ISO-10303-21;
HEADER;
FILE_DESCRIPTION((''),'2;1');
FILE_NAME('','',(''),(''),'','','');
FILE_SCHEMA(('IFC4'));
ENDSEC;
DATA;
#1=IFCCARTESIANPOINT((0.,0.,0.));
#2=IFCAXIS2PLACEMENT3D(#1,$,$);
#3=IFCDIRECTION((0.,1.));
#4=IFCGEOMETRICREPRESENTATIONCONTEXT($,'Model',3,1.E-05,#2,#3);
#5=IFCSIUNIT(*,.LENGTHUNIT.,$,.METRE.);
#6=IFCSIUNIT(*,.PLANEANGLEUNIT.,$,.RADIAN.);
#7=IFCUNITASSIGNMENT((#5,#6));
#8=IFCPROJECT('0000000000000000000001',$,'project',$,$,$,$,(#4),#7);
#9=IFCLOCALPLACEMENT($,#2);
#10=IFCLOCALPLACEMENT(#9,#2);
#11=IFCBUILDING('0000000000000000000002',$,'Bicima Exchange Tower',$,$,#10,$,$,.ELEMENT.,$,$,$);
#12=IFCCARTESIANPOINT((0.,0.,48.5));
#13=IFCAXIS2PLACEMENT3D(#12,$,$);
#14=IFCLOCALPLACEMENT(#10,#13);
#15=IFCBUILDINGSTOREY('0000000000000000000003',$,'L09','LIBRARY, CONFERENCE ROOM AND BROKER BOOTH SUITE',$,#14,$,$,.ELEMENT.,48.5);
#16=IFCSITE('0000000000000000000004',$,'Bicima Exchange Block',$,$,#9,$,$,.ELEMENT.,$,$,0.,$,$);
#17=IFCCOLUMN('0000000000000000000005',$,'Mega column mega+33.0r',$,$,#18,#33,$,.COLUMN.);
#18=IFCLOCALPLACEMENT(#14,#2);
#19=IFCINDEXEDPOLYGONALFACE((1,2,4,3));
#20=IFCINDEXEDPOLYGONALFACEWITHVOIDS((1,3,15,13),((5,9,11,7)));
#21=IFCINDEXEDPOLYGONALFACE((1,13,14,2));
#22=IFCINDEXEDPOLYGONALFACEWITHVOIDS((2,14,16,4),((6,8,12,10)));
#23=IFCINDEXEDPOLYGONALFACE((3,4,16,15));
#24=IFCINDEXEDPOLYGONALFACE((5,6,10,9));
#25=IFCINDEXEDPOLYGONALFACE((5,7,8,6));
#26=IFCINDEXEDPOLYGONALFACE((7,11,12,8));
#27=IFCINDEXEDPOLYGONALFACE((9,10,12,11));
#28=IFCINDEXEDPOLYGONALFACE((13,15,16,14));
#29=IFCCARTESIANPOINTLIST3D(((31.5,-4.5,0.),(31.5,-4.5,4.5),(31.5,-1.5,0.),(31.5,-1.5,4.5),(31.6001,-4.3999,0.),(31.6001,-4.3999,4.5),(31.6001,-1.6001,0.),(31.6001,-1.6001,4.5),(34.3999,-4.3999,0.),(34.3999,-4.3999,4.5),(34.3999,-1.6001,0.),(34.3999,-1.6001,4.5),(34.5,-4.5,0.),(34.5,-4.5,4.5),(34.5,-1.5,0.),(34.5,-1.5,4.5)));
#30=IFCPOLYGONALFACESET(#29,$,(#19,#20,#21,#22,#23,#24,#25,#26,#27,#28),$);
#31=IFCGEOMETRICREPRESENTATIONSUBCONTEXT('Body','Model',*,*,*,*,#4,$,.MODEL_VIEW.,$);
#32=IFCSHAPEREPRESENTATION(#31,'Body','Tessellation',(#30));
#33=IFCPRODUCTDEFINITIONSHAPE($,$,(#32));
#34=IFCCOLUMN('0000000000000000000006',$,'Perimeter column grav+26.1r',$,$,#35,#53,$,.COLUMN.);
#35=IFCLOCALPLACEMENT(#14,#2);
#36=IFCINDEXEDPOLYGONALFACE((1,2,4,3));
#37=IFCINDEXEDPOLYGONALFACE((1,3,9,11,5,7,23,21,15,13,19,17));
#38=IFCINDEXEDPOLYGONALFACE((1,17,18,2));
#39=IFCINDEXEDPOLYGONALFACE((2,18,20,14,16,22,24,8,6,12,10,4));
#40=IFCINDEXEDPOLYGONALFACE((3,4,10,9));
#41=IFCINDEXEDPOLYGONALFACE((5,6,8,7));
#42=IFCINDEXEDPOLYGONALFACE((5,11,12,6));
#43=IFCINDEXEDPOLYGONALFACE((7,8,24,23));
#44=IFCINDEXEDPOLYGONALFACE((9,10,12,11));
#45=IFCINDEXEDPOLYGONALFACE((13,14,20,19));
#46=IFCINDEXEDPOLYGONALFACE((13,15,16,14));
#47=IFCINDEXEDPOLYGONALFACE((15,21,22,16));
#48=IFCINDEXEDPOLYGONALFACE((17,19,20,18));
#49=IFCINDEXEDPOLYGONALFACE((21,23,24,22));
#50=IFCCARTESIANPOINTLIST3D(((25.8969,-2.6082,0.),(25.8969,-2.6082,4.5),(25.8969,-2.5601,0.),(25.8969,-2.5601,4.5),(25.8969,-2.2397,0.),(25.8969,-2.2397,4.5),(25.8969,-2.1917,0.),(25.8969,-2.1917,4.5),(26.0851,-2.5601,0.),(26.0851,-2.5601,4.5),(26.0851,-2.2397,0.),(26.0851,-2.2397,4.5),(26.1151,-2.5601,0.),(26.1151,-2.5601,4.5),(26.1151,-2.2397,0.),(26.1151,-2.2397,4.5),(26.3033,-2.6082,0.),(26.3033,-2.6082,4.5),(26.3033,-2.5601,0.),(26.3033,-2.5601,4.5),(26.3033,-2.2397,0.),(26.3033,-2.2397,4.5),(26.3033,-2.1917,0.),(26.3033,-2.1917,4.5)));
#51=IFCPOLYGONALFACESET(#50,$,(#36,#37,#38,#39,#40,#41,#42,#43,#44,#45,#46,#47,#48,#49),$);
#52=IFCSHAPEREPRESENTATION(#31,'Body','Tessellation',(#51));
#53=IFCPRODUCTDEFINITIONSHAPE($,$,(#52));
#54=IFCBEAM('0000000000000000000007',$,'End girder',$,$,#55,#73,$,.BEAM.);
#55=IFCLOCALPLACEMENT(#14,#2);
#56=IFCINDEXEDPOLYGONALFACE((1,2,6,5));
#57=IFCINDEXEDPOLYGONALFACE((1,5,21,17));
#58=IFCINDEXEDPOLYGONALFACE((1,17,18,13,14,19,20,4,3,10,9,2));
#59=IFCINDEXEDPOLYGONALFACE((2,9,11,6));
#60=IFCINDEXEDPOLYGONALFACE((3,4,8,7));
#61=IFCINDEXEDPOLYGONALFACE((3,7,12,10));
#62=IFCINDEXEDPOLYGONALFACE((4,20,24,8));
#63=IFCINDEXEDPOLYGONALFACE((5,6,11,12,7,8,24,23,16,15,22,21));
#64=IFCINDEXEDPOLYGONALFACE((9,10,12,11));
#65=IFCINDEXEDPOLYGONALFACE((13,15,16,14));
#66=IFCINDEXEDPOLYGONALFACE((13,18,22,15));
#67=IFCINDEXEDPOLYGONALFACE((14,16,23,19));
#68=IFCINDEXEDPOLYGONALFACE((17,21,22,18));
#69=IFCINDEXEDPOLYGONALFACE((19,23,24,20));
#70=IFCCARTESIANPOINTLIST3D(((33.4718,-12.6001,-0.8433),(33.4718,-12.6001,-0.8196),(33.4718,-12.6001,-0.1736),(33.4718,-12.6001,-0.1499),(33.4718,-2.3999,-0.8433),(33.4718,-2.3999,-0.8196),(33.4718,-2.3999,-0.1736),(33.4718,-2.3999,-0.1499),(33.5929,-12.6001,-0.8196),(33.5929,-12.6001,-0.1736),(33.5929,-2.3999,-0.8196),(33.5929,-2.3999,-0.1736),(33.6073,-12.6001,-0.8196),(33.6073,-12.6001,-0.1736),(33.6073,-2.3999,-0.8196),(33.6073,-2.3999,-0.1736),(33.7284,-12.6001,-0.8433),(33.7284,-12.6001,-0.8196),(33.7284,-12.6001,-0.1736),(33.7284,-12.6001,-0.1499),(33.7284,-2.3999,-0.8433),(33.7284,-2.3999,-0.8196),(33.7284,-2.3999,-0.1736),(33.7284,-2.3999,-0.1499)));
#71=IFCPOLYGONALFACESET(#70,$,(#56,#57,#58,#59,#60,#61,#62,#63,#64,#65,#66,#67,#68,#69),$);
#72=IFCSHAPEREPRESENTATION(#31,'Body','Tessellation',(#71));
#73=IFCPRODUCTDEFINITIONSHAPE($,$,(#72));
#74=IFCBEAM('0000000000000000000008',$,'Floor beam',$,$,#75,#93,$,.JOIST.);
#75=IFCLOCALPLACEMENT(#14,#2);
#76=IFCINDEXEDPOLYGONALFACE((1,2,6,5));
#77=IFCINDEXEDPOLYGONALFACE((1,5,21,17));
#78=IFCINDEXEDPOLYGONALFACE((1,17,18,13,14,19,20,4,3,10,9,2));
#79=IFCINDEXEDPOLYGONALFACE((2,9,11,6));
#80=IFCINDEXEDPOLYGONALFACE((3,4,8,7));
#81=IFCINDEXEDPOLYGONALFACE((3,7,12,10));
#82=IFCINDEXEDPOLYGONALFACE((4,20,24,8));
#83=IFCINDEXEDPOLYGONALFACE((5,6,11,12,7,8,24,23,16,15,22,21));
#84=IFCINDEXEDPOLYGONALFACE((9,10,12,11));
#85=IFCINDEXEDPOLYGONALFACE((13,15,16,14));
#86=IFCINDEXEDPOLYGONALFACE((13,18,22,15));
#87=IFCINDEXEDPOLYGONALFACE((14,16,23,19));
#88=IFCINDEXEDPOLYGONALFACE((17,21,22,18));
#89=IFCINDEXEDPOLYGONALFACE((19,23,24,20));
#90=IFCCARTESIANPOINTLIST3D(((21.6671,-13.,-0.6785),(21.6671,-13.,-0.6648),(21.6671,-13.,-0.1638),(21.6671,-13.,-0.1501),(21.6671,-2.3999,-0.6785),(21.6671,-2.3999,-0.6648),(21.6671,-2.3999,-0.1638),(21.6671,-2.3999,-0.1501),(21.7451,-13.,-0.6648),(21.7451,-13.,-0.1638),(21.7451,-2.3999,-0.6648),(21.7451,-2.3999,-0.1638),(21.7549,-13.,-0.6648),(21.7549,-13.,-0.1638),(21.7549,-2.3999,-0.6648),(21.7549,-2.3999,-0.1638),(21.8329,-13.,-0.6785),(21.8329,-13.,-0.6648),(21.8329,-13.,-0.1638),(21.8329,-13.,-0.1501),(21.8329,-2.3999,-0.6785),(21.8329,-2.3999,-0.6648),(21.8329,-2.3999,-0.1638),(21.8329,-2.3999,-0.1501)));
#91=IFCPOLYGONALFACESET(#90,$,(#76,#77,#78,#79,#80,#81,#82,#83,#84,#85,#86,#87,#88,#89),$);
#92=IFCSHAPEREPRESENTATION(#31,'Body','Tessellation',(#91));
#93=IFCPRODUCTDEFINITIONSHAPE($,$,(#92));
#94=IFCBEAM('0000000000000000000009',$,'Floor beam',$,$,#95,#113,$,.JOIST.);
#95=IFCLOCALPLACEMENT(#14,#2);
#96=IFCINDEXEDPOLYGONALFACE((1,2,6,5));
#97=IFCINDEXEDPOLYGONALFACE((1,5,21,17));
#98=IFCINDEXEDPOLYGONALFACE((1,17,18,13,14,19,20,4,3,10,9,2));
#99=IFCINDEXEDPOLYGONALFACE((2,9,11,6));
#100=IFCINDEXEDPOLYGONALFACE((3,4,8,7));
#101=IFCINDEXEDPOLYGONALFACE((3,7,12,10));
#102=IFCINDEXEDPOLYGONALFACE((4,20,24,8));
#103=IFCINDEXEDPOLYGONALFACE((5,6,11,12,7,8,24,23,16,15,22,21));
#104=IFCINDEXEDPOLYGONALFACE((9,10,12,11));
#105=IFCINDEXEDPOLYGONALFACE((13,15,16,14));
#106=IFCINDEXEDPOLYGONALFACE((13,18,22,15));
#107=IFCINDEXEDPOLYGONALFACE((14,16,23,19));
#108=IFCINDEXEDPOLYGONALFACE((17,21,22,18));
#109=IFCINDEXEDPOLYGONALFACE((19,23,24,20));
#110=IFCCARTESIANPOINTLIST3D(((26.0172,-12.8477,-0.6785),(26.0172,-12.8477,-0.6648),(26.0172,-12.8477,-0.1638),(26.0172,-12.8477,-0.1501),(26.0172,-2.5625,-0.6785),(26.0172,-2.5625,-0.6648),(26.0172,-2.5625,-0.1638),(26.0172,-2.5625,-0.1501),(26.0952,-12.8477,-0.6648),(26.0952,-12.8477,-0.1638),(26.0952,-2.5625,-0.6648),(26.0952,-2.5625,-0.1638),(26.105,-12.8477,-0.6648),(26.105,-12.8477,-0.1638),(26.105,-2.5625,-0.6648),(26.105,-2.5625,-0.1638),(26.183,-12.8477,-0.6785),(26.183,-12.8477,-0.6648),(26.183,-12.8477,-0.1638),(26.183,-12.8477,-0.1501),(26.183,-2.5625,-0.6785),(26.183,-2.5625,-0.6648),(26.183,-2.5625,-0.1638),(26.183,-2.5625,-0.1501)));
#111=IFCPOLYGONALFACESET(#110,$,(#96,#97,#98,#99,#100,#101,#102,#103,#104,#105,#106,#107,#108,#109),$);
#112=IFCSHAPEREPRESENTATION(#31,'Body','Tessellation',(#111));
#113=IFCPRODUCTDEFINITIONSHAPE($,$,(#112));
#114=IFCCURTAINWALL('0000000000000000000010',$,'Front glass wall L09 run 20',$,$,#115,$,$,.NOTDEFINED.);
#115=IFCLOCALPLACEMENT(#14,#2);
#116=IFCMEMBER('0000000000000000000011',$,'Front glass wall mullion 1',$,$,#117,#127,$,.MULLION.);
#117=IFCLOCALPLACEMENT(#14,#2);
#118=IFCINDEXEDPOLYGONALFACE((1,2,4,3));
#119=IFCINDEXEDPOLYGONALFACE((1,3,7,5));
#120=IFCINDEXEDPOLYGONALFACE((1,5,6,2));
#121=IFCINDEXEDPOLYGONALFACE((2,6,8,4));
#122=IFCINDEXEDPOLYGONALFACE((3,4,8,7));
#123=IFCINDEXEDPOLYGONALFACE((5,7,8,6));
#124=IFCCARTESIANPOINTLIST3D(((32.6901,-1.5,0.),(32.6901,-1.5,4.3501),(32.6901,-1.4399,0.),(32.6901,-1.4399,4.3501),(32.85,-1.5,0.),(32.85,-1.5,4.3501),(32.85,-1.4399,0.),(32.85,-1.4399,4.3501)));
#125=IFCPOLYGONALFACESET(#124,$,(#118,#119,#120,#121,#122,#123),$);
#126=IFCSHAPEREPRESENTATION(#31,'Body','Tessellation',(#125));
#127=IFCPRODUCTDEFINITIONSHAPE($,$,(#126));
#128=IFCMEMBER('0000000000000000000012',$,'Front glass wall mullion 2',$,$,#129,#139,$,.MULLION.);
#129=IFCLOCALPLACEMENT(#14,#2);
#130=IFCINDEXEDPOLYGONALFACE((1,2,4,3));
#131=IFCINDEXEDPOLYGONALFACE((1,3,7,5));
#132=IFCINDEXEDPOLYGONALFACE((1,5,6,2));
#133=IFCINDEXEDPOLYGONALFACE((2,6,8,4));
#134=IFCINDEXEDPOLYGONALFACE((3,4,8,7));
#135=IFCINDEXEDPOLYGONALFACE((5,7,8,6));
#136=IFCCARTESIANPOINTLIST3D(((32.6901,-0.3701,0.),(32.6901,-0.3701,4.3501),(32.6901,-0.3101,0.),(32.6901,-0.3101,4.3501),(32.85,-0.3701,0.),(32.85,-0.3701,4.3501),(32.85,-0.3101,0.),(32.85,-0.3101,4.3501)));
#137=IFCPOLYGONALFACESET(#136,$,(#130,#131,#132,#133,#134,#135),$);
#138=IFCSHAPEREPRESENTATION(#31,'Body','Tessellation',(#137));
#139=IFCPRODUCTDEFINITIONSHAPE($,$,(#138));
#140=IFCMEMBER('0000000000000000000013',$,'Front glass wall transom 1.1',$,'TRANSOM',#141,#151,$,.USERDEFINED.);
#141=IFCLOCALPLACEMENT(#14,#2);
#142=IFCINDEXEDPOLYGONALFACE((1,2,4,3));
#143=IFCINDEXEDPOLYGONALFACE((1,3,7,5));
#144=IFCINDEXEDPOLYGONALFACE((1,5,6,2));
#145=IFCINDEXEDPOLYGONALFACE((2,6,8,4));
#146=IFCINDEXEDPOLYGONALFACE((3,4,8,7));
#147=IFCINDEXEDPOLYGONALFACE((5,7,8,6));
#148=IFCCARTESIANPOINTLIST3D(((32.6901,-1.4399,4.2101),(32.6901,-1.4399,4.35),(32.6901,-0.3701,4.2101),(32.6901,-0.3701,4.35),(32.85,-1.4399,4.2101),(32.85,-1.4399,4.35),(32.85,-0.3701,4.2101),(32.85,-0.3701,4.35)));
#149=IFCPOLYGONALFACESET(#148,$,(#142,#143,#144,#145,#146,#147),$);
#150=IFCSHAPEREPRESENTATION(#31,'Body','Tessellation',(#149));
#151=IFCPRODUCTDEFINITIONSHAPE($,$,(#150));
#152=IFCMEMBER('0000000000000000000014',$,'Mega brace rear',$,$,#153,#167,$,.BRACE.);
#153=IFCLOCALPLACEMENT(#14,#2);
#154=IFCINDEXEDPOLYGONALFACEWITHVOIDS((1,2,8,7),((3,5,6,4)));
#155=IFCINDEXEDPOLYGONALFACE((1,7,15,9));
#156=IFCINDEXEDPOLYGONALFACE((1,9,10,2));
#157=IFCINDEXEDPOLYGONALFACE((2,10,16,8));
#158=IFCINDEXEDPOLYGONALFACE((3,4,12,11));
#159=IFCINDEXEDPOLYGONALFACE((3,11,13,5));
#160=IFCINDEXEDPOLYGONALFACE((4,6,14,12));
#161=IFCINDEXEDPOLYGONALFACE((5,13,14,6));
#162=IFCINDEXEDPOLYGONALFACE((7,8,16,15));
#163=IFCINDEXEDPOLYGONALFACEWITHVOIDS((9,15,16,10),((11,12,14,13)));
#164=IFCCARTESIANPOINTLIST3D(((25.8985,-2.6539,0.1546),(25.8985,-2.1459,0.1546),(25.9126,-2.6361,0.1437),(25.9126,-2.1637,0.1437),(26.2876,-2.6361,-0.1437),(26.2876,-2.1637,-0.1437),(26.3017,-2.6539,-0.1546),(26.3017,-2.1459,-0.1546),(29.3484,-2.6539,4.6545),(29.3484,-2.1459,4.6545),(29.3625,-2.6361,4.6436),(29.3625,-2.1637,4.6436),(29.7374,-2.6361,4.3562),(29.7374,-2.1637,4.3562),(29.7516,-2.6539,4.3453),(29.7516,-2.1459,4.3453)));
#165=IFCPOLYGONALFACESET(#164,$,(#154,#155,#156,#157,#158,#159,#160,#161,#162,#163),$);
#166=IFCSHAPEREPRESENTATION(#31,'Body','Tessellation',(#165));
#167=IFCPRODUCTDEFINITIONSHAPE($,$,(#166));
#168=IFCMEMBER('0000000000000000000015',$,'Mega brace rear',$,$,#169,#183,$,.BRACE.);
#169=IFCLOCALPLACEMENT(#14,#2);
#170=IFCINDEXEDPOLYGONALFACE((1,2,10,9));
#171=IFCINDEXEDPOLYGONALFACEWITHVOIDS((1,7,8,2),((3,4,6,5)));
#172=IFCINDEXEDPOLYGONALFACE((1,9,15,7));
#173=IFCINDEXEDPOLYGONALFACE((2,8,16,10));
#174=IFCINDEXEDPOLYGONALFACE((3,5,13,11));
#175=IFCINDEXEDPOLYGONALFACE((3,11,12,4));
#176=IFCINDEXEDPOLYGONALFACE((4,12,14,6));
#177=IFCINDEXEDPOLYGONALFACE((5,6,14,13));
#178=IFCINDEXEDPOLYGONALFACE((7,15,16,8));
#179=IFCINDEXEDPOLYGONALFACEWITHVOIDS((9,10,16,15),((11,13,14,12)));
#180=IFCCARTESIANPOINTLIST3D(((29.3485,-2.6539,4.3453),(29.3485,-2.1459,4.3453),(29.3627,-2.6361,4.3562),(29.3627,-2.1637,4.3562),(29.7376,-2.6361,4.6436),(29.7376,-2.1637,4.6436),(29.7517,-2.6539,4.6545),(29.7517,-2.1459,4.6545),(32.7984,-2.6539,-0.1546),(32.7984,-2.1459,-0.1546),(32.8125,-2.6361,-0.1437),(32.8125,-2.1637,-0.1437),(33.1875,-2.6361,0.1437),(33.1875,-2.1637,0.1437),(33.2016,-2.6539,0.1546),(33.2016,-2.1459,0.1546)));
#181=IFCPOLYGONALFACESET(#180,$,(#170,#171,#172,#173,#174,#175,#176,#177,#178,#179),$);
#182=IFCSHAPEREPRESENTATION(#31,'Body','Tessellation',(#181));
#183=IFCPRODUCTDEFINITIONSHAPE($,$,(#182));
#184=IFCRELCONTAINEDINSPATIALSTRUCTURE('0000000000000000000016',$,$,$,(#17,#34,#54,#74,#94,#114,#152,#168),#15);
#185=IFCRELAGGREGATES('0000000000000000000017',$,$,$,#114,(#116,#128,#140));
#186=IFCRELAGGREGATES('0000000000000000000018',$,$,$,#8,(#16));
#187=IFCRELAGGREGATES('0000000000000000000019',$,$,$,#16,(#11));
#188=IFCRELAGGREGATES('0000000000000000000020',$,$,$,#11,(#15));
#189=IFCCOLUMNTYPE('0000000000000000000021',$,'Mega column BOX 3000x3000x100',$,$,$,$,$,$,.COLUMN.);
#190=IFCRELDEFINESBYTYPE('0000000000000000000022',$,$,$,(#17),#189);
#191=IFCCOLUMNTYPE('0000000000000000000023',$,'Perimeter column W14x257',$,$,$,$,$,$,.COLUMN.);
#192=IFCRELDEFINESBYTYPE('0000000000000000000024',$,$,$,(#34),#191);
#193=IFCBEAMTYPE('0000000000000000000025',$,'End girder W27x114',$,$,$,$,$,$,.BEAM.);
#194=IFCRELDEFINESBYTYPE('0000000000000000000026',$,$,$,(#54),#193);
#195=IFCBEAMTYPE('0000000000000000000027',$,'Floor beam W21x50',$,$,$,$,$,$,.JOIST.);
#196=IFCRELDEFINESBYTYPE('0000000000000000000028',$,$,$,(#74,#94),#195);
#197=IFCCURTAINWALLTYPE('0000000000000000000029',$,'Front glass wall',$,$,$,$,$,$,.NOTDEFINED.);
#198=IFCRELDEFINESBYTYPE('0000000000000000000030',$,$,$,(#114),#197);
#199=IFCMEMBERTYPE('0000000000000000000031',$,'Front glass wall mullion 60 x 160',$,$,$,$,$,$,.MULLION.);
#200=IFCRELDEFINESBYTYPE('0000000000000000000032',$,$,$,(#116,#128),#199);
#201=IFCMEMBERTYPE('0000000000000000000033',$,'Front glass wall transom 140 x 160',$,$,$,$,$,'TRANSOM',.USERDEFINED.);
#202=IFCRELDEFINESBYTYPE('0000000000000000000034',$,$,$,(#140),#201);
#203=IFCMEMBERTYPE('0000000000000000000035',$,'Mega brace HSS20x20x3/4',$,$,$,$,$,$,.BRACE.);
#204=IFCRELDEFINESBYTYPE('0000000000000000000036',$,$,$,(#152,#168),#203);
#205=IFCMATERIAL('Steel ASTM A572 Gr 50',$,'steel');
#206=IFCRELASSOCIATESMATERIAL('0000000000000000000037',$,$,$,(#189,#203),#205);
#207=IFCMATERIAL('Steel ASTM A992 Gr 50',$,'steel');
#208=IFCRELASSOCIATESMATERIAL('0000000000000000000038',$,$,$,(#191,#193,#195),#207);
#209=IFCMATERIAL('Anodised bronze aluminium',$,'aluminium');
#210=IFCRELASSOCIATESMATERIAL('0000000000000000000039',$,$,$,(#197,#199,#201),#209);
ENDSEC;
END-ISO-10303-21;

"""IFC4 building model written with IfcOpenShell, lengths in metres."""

from ifc_helpers import new_model, si_unit, direction, frame, origin, origin_2d, place, context, subcontext, project, spatial, rectangle, hollow_rectangle, i_section, extrude, material, material_profile, profile_set, type_object, element, aggregate, save


model = new_model("IFC4")

# Units and contexts
model_context = context("Model", 3, precision=1e-05, world=origin(), true_north=direction((0.0, 1.0)))
body_context = subcontext(model_context, "Body", "Model", "MODEL_VIEW")
ifc_project = project(units=[si_unit("LENGTHUNIT", "METRE"), si_unit("PLANEANGLEUNIT", "RADIAN")], contexts=[model_context])

# Site, building, storey
site_placement = place(None, origin())
site = spatial("IfcSite", under=ifc_project, at=site_placement, Name="Bicima Exchange Block", CompositionType="ELEMENT", RefElevation=0.0)
building_placement = place(site_placement, origin())
building = spatial("IfcBuilding", under=site, at=building_placement, Name="Bicima Exchange Tower", CompositionType="ELEMENT")
storey_placement = place(building_placement, frame((0.0, 0.0, 48.5)))
storey = spatial("IfcBuildingStorey", under=building, at=storey_placement, Name="L09", Description="LIBRARY, CONFERENCE ROOM AND BROKER BOOTH SUITE", CompositionType="ELEMENT", Elevation=48.5)

# Columns
ifc_material_1 = material(Name="Steel ASTM A572 Gr 50", Category="steel")
ifc_material_profile_1 = material_profile(ifc_material_1, hollow_rectangle(XDim=3.0, YDim=3.0, WallThickness=0.1001, at=origin_2d()))
ifc_profile_set_1 = profile_set([ifc_material_profile_1], Name="Steel ASTM A572 Gr 50")
column_type_1 = type_object("IfcColumnType", Name="Mega column BOX 3000x3000x100", PredefinedType="COLUMN", material=ifc_profile_set_1)
column_1_placement = place(storey_placement, frame((33.0, -3.0, 0.0), z_axis=(0.0, 0.0, 1.0), x_axis=(1.0, 0.0, 0.0)))
element("IfcColumn", 1, at=column_1_placement, inside=storey, type_object=column_type_1, Name="Mega column mega+33.0r", PredefinedType="COLUMN", context=body_context, shape_type="SweptSolid", body=[
    extrude(hollow_rectangle(XDim=3.0, YDim=3.0, WallThickness=0.1001, at=origin_2d()), origin(), (0.0, 0.0, 1.0), 4.5),
])
ifc_material_2 = material(Name="Steel ASTM A992 Gr 50", Category="steel")
ifc_material_profile_2 = material_profile(ifc_material_2, i_section(OverallWidth=0.4065, OverallDepth=0.4165, WebThickness=0.03, FlangeThickness=0.0481, at=origin_2d()))
ifc_profile_set_2 = profile_set([ifc_material_profile_2], Name="Steel ASTM A992 Gr 50")
column_type_2 = type_object("IfcColumnType", Name="Perimeter column W14x257", PredefinedType="COLUMN", material=ifc_profile_set_2)
column_2_placement = place(storey_placement, frame((26.1001, -2.3999, 0.0), z_axis=(0.0, 0.0, 1.0), x_axis=(1.0, 0.0, 0.0)))
element("IfcColumn", 2, at=column_2_placement, inside=storey, type_object=column_type_2, Name="Perimeter column grav+26.1r", PredefinedType="COLUMN", context=body_context, shape_type="SweptSolid", body=[
    extrude(i_section(OverallWidth=0.4065, OverallDepth=0.4165, WebThickness=0.03, FlangeThickness=0.0481, at=origin_2d()), origin(), (0.0, 0.0, 1.0), 4.5),
])

# Beams
ifc_material_profile_3 = material_profile(ifc_material_2, i_section(OverallWidth=0.2566, OverallDepth=0.6934, WebThickness=0.0144, FlangeThickness=0.0237, at=origin_2d()))
ifc_profile_set_3 = profile_set([ifc_material_profile_3], Name="Steel ASTM A992 Gr 50")
beam_type_1 = type_object("IfcBeamType", Name="End girder W27x114", PredefinedType="BEAM", material=ifc_profile_set_3)
beam_1_placement = place(storey_placement, frame((33.6001, -2.3999, -0.4966), z_axis=(0.0, -1.0, 0.0), x_axis=(1.0, 0.0, 0.0)))
element("IfcBeam", 3, at=beam_1_placement, inside=storey, type_object=beam_type_1, Name="End girder", PredefinedType="BEAM", context=body_context, shape_type="SweptSolid", body=[
    extrude(i_section(OverallWidth=0.2566, OverallDepth=0.6934, WebThickness=0.0144, FlangeThickness=0.0237, at=origin_2d()), origin(), (0.0, 0.0, 1.0), 10.2002),
])
ifc_material_profile_4 = material_profile(ifc_material_2, i_section(OverallWidth=0.1658, OverallDepth=0.5283, WebThickness=0.0098, FlangeThickness=0.0137, at=origin_2d()))
ifc_profile_set_4 = profile_set([ifc_material_profile_4], Name="Steel ASTM A992 Gr 50")
beam_type_2 = type_object("IfcBeamType", Name="Floor beam W21x50", PredefinedType="JOIST", material=ifc_profile_set_4)
beam_2_placement = place(storey_placement, frame((21.75, -2.3999, -0.4143), z_axis=(0.0, -1.0, 0.0), x_axis=(1.0, 0.0, 0.0)))
element("IfcBeam", 4, at=beam_2_placement, inside=storey, type_object=beam_type_2, Name="Floor beam", PredefinedType="JOIST", context=body_context, shape_type="SweptSolid", body=[
    extrude(i_section(OverallWidth=0.1658, OverallDepth=0.5283, WebThickness=0.0098, FlangeThickness=0.0137, at=origin_2d()), origin(), (0.0, 0.0, 1.0), 10.6001),
])
beam_3_placement = place(storey_placement, frame((26.1001, -2.5625, -0.4143), z_axis=(0.0, -1.0, 0.0), x_axis=(1.0, 0.0, 0.0)))
element("IfcBeam", 5, at=beam_3_placement, inside=storey, type_object=beam_type_2, Name="Floor beam", PredefinedType="JOIST", context=body_context, shape_type="SweptSolid", body=[
    extrude(i_section(OverallWidth=0.1658, OverallDepth=0.5283, WebThickness=0.0098, FlangeThickness=0.0137, at=origin_2d()), origin(), (0.0, 0.0, 1.0), 10.2852),
])

# Curtain wall, members
ifc_material_3 = material(Name="Anodised bronze aluminium", Category="aluminium")
curtain_wall_type = type_object("IfcCurtainWallType", Name="Front glass wall", PredefinedType="NOTDEFINED", material=ifc_material_3)
curtain_wall_placement = place(storey_placement, origin())
curtain_wall = element("IfcCurtainWall", 6, at=curtain_wall_placement, inside=storey, type_object=curtain_wall_type, Name="Front glass wall L09 run 20", PredefinedType="NOTDEFINED")
ifc_material_profile_5 = material_profile(ifc_material_3, rectangle(XDim=0.1599, YDim=0.0601, at=origin_2d()))
ifc_profile_set_5 = profile_set([ifc_material_profile_5], Name="Anodised bronze aluminium")
member_type_1 = type_object("IfcMemberType", Name="Front glass wall mullion 60 x 160", PredefinedType="MULLION", material=ifc_profile_set_5)
member_1_placement = place(storey_placement, frame((32.77, -1.47, 0.0), z_axis=(0.0, 0.0, 1.0), x_axis=(-1.0, 0.0, 0.0)))
member_1 = element("IfcMember", 7, at=member_1_placement, type_object=member_type_1, Name="Front glass wall mullion 1", PredefinedType="MULLION", context=body_context, shape_type="SweptSolid", body=[
    extrude(rectangle(XDim=0.1599, YDim=0.0601, at=origin_2d()), origin(), (0.0, 0.0, 1.0), 4.3501),
])
member_2_placement = place(storey_placement, frame((32.77, -0.3401, 0.0), z_axis=(0.0, 0.0, 1.0), x_axis=(-1.0, 0.0, 0.0)))
member_2 = element("IfcMember", 8, at=member_2_placement, type_object=member_type_1, Name="Front glass wall mullion 2", PredefinedType="MULLION", context=body_context, shape_type="SweptSolid", body=[
    extrude(rectangle(XDim=0.1599, YDim=0.0601, at=origin_2d()), origin(), (0.0, 0.0, 1.0), 4.3501),
])
ifc_material_profile_6 = material_profile(ifc_material_3, rectangle(XDim=0.1599, YDim=0.1399, at=origin_2d()))
ifc_profile_set_6 = profile_set([ifc_material_profile_6], Name="Anodised bronze aluminium")
member_type_2 = type_object("IfcMemberType", Name="Front glass wall transom 140 x 160", ElementType="TRANSOM", PredefinedType="USERDEFINED", material=ifc_profile_set_6)
member_3_placement = place(storey_placement, frame((32.77, -1.4399, 4.28), z_axis=(0.0, 1.0, 0.0), x_axis=(-1.0, 0.0, 0.0)))
member_3 = element("IfcMember", 9, at=member_3_placement, type_object=member_type_2, Name="Front glass wall transom 1.1", ObjectType="TRANSOM", PredefinedType="USERDEFINED", context=body_context, shape_type="SweptSolid", body=[
    extrude(rectangle(XDim=0.1599, YDim=0.1399, at=origin_2d()), origin(), (0.0, 0.0, 1.0), 1.0698),
])

# Members
ifc_material_profile_7 = material_profile(ifc_material_1, hollow_rectangle(XDim=0.5081, YDim=0.5081, WallThickness=0.0178, at=origin_2d()))
ifc_profile_set_7 = profile_set([ifc_material_profile_7], Name="Steel ASTM A572 Gr 50")
member_type_3 = type_object("IfcMemberType", Name="Mega brace HSS20x20x3/4", PredefinedType="BRACE", material=ifc_profile_set_7)
for number, where, z_axis, x_axis, name in (
    (10, (26.1001, -2.3999, 0.0), (0.608426, 0.0, 0.793611), (0.0, 1.0, 0.0), "Mega brace rear"),
    (11, (33.0, -2.3999, 0.0), (-0.608426, 0.0, 0.793611), (0.0, -1.0, 0.0), "Mega brace rear"),
):
    element("IfcMember", number, at=place(storey_placement, frame(where, z_axis=z_axis, x_axis=x_axis)), inside=storey, type_object=member_type_3, Name=name, PredefinedType="BRACE", context=body_context, shape_type="SweptSolid", body=[
        extrude(hollow_rectangle(XDim=0.5081, YDim=0.5081, WallThickness=0.0178, at=origin_2d()), origin(), (0.0, 0.0, 1.0), 5.6702),
    ])

aggregate(curtain_wall, [member_1, member_2, member_3])

save(model, "model.ifc")
